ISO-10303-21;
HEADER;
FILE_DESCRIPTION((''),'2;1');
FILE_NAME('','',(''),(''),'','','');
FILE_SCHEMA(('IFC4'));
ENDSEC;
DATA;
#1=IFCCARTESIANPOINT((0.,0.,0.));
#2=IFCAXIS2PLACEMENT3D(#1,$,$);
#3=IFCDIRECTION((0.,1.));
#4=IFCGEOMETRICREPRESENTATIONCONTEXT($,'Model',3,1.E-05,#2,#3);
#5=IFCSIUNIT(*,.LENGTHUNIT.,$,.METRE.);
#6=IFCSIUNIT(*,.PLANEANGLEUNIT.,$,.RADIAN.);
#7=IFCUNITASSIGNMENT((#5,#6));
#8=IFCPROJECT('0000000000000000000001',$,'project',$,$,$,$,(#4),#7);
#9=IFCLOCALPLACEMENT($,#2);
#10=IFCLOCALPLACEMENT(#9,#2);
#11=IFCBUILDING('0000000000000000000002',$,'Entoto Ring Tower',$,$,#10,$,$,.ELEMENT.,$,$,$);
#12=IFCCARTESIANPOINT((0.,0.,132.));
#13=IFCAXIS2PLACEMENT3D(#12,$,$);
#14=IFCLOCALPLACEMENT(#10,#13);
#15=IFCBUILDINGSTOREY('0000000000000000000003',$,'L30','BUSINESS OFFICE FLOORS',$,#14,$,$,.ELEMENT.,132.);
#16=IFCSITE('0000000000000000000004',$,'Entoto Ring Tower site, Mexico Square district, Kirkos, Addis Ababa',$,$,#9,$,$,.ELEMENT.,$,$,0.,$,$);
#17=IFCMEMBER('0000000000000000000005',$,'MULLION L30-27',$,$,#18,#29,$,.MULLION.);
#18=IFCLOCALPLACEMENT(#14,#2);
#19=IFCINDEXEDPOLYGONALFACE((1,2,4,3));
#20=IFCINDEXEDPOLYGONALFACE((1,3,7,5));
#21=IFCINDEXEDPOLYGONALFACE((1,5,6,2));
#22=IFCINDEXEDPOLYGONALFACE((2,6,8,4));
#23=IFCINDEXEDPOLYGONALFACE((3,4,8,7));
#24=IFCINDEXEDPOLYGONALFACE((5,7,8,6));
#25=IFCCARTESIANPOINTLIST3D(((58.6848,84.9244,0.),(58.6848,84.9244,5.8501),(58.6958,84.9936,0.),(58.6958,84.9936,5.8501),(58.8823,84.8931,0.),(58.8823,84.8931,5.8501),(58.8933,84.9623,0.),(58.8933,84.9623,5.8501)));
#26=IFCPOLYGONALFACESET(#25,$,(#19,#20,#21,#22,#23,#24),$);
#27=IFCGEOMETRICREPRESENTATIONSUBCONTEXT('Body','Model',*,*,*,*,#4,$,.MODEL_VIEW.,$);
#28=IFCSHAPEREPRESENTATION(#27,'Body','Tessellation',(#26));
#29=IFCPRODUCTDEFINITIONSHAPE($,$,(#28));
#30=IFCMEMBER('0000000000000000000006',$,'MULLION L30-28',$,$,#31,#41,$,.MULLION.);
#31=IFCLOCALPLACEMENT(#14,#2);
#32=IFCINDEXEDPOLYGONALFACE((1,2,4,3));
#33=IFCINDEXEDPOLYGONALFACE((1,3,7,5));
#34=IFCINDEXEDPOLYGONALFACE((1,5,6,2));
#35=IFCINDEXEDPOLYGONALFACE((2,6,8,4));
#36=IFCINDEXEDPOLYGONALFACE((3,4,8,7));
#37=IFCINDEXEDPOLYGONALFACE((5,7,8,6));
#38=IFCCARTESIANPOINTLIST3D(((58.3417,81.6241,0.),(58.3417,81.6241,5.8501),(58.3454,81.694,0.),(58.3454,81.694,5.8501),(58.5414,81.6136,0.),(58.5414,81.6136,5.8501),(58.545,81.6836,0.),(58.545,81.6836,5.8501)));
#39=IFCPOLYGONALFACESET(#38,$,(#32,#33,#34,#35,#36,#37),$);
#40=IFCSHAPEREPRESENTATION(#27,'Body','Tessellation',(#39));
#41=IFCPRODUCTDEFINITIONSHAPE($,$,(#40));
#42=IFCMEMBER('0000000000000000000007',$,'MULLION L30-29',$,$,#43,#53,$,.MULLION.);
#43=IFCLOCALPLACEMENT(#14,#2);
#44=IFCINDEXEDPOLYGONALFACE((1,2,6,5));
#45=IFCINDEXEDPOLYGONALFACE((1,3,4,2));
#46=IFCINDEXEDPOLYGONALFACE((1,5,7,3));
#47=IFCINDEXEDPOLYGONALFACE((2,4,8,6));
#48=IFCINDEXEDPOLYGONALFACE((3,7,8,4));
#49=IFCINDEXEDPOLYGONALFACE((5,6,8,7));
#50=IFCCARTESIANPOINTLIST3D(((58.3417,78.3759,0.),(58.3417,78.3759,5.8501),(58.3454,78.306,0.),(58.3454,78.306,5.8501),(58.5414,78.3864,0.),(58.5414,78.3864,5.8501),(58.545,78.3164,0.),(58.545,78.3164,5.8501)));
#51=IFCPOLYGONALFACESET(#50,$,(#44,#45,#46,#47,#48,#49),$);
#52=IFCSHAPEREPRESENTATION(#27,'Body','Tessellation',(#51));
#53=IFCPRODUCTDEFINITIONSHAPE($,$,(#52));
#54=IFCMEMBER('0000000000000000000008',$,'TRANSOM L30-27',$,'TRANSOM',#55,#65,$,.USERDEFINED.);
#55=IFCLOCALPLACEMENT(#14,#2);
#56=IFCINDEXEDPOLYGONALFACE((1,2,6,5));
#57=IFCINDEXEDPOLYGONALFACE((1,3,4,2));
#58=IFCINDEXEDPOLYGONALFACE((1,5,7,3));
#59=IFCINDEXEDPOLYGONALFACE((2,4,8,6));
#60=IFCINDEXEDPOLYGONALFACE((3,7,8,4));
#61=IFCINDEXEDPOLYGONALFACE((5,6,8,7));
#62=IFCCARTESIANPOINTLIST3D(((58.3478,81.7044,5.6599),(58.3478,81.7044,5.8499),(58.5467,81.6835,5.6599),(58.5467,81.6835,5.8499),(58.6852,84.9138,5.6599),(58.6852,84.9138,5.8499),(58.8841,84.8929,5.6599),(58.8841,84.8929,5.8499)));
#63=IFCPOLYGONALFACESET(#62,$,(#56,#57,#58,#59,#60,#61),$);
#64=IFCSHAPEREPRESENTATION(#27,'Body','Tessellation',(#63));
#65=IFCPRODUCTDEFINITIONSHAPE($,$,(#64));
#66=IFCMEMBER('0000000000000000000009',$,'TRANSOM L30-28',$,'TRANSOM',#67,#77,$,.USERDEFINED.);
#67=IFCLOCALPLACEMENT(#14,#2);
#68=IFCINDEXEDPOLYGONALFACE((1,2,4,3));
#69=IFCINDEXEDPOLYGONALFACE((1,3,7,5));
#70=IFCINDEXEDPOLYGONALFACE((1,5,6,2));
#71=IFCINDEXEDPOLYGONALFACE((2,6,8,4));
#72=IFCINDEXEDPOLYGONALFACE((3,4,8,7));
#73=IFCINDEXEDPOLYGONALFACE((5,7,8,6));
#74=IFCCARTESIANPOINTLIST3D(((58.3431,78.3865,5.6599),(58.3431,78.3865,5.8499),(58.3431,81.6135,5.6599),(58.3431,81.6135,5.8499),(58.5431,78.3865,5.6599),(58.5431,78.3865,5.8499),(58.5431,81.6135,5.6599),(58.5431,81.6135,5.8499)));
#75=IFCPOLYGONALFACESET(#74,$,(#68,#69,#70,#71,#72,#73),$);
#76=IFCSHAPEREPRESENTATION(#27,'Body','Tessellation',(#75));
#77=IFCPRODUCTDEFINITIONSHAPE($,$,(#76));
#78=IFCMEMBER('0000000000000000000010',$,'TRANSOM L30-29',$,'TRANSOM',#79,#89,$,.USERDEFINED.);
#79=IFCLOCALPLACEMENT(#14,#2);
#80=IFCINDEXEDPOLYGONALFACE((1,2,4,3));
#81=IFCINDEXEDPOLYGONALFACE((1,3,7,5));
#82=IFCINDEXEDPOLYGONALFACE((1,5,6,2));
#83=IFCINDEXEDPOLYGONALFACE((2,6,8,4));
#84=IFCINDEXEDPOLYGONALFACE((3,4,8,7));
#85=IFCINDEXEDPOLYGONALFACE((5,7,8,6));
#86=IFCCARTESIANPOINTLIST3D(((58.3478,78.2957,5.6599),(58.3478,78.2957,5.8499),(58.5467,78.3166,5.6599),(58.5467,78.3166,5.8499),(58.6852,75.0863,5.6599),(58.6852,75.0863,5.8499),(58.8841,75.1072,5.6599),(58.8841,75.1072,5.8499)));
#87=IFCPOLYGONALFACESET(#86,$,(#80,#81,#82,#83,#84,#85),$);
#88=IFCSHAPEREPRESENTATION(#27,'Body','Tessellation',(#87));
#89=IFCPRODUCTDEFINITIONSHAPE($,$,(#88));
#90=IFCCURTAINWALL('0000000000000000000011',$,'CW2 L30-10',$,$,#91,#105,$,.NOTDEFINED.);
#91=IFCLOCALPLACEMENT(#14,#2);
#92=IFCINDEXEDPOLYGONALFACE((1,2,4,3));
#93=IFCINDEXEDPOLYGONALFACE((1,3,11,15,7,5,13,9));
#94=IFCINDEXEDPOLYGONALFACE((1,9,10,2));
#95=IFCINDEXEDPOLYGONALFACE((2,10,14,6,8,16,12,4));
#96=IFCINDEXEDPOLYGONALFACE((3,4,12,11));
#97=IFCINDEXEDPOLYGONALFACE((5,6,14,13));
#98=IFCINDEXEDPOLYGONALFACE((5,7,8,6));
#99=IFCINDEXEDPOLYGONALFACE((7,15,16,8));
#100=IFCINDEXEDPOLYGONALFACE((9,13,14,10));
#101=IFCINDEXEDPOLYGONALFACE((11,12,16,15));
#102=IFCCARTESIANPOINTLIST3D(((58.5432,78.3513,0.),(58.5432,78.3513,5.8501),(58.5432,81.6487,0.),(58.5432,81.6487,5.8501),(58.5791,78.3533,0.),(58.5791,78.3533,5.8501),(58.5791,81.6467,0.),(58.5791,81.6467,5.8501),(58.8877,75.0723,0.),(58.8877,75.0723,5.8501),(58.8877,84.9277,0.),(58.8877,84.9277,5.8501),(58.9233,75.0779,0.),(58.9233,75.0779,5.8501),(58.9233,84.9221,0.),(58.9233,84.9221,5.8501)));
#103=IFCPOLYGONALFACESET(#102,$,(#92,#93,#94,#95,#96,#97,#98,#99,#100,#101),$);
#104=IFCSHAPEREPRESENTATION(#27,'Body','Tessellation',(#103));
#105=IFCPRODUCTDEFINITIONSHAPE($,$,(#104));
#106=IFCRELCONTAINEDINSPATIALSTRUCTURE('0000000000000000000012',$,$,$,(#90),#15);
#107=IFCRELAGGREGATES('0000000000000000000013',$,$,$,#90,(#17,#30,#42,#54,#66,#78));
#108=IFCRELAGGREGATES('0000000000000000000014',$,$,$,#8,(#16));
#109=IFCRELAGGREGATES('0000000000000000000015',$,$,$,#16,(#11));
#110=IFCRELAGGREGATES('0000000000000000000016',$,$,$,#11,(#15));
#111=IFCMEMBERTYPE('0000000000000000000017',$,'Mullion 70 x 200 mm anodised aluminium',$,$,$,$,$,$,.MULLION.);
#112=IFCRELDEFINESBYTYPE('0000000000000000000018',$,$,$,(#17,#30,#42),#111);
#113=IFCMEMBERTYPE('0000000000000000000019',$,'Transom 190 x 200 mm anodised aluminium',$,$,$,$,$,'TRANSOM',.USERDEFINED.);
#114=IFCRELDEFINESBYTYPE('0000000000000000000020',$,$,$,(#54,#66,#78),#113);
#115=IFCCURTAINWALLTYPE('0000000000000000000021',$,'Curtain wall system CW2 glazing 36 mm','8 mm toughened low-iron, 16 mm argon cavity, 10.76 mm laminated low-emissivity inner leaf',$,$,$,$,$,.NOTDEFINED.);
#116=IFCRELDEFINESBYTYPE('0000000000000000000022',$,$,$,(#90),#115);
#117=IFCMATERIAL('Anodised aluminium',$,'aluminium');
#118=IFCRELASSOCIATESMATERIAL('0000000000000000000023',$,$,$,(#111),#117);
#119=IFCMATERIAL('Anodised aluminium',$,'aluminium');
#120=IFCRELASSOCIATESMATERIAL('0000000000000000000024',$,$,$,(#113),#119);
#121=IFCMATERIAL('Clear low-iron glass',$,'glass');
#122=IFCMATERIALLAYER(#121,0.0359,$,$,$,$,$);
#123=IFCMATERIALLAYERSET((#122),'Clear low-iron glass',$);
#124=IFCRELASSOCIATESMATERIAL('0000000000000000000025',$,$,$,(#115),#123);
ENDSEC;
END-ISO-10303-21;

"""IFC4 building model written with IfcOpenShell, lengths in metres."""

from ifc_helpers import new_model, si_unit, direction, frame, origin, origin_2d, place, context, subcontext, project, spatial, polyline, rectangle, outline, extrude, material, layer, layer_set, material_profile, profile_set, type_object, element, aggregate, save


model = new_model("IFC4")

# Units and contexts
model_context = context("Model", 3, precision=1e-05, world=origin(), true_north=direction((0.0, 1.0)))
body_context = subcontext(model_context, "Body", "Model", "MODEL_VIEW")
ifc_project = project(units=[si_unit("LENGTHUNIT", "METRE"), si_unit("PLANEANGLEUNIT", "RADIAN")], contexts=[model_context])

# Members
ifc_material_1 = material(Name="Anodised aluminium", Category="aluminium")
ifc_material_profile_1 = material_profile(ifc_material_1, rectangle(XDim=0.0701, YDim=0.2, at=origin_2d()), Name="Mullion 70 x 200 mm anodised aluminium")
ifc_profile_set_1 = profile_set([ifc_material_profile_1], Name="Anodised aluminium")
member_type_1 = type_object("IfcMemberType", Name="Mullion 70 x 200 mm anodised aluminium", PredefinedType="MULLION", material=ifc_profile_set_1)
site_placement = place(None, origin())
building_placement = place(site_placement, origin())
storey_placement = place(building_placement, frame((0.0, 0.0, 132.0)))
member_1_placement = place(storey_placement, frame((58.7891, 84.9434, 0.0), z_axis=(0.0, 0.0, 1.0), x_axis=(-0.156434, -0.987688, 0.0)))
member_1 = element("IfcMember", 1, at=member_1_placement, type_object=member_type_1, Name="MULLION L30-27", PredefinedType="MULLION", context=body_context, shape_type="SweptSolid", body=[
    extrude(rectangle(XDim=0.0701, YDim=0.2, at=origin_2d()), origin(), (0.0, 0.0, 1.0), 5.8501),
])
member_2_placement = place(storey_placement, frame((58.4434, 81.6538, 0.0), z_axis=(0.0, 0.0, 1.0), x_axis=(-0.052336, -0.99863, 0.0)))
member_2 = element("IfcMember", 2, at=member_2_placement, type_object=member_type_1, Name="MULLION L30-28", PredefinedType="MULLION", context=body_context, shape_type="SweptSolid", body=[
    extrude(rectangle(XDim=0.0701, YDim=0.2, at=origin_2d()), origin(), (0.0, 0.0, 1.0), 5.8501),
])
member_3_placement = place(storey_placement, frame((58.4434, 78.3462, 0.0), z_axis=(0.0, 0.0, 1.0), x_axis=(0.052336, -0.99863, 0.0)))
member_3 = element("IfcMember", 3, at=member_3_placement, type_object=member_type_1, Name="MULLION L30-29", PredefinedType="MULLION", context=body_context, shape_type="SweptSolid", body=[
    extrude(rectangle(XDim=0.0701, YDim=0.2, at=origin_2d()), origin(), (0.0, 0.0, 1.0), 5.8501),
])
ifc_material_2 = material(Name="Anodised aluminium", Category="aluminium")
ifc_material_profile_2 = material_profile(ifc_material_2, rectangle(XDim=0.2, YDim=0.1899, at=origin_2d()), Name="Transom 190 x 200 mm anodised aluminium")
ifc_profile_set_2 = profile_set([ifc_material_profile_2], Name="Anodised aluminium")
member_type_2 = type_object("IfcMemberType", Name="Transom 190 x 200 mm anodised aluminium", ElementType="TRANSOM", PredefinedType="USERDEFINED", material=ifc_profile_set_2)
member_4_placement = place(storey_placement, frame((58.7847, 84.9033, 5.7549), z_axis=(-0.104551, -0.99452, 0.0), x_axis=(0.99452, -0.104551, 0.0)))
member_4 = element("IfcMember", 4, at=member_4_placement, type_object=member_type_2, Name="TRANSOM L30-27", ObjectType="TRANSOM", PredefinedType="USERDEFINED", context=body_context, shape_type="SweptSolid", body=[
    extrude(rectangle(XDim=0.2, YDim=0.1899, at=origin_2d()), origin(), (0.0, 0.0, 1.0), 3.2271),
])
member_5_placement = place(storey_placement, frame((58.4431, 81.6135, 5.7549), z_axis=(0.0, -1.0, 0.0), x_axis=(1.0, 0.0, 0.0)))
member_5 = element("IfcMember", 5, at=member_5_placement, type_object=member_type_2, Name="TRANSOM L30-28", ObjectType="TRANSOM", PredefinedType="USERDEFINED", context=body_context, shape_type="SweptSolid", body=[
    extrude(rectangle(XDim=0.2, YDim=0.1899, at=origin_2d()), origin(), (0.0, 0.0, 1.0), 3.2271),
])
member_6_placement = place(storey_placement, frame((58.4473, 78.3062, 5.7549), z_axis=(0.104551, -0.99452, 0.0), x_axis=(0.99452, 0.104551, 0.0)))
member_6 = element("IfcMember", 6, at=member_6_placement, type_object=member_type_2, Name="TRANSOM L30-29", ObjectType="TRANSOM", PredefinedType="USERDEFINED", context=body_context, shape_type="SweptSolid", body=[
    extrude(rectangle(XDim=0.2, YDim=0.1899, at=origin_2d()), origin(), (0.0, 0.0, 1.0), 3.2271),
])

# Site, building, storey
site = spatial("IfcSite", under=ifc_project, at=site_placement, Name="Entoto Ring Tower site, Mexico Square district, Kirkos, Addis Ababa", CompositionType="ELEMENT", RefElevation=0.0)
building = spatial("IfcBuilding", under=site, at=building_placement, Name="Entoto Ring Tower", CompositionType="ELEMENT")
storey = spatial("IfcBuildingStorey", under=building, at=storey_placement, Name="L30", Description="BUSINESS OFFICE FLOORS", CompositionType="ELEMENT", Elevation=132.0)

# Curtain wall
ifc_material_3 = material(Name="Clear low-iron glass", Category="glass")
ifc_layer = layer(ifc_material_3, 0.0359)
ifc_layer_set = layer_set([ifc_layer], Name="Clear low-iron glass")
curtain_wall_type = type_object("IfcCurtainWallType", Name="Curtain wall system CW2 glazing 36 mm", Description="8 mm toughened low-iron, 16 mm argon cavity, 10.76 mm laminated low-emissivity inner leaf", PredefinedType="NOTDEFINED", material=ifc_layer_set)
curtain_wall_1_placement = place(storey_placement, origin())
curtain_wall_1 = element("IfcCurtainWall", 7, at=curtain_wall_1_placement, inside=storey, type_object=curtain_wall_type, Name="CW2 L30-10", PredefinedType="NOTDEFINED", context=body_context, shape_type="SweptSolid", body=[
    extrude(outline(polyline([(58.8877, 84.9277), (58.5432, 81.6487), (58.5432, 78.3513), (58.8877, 75.0723), (58.9233, 75.0779), (58.5791, 78.3533), (58.5791, 81.6467), (58.9233, 84.9221), (58.8877, 84.9277)])), origin(), (0.0, 0.0, 1.0), 5.8501),
])
aggregate(curtain_wall_1, [member_1, member_2, member_3, member_4, member_5, member_6])

save(model, "model.ifc")
